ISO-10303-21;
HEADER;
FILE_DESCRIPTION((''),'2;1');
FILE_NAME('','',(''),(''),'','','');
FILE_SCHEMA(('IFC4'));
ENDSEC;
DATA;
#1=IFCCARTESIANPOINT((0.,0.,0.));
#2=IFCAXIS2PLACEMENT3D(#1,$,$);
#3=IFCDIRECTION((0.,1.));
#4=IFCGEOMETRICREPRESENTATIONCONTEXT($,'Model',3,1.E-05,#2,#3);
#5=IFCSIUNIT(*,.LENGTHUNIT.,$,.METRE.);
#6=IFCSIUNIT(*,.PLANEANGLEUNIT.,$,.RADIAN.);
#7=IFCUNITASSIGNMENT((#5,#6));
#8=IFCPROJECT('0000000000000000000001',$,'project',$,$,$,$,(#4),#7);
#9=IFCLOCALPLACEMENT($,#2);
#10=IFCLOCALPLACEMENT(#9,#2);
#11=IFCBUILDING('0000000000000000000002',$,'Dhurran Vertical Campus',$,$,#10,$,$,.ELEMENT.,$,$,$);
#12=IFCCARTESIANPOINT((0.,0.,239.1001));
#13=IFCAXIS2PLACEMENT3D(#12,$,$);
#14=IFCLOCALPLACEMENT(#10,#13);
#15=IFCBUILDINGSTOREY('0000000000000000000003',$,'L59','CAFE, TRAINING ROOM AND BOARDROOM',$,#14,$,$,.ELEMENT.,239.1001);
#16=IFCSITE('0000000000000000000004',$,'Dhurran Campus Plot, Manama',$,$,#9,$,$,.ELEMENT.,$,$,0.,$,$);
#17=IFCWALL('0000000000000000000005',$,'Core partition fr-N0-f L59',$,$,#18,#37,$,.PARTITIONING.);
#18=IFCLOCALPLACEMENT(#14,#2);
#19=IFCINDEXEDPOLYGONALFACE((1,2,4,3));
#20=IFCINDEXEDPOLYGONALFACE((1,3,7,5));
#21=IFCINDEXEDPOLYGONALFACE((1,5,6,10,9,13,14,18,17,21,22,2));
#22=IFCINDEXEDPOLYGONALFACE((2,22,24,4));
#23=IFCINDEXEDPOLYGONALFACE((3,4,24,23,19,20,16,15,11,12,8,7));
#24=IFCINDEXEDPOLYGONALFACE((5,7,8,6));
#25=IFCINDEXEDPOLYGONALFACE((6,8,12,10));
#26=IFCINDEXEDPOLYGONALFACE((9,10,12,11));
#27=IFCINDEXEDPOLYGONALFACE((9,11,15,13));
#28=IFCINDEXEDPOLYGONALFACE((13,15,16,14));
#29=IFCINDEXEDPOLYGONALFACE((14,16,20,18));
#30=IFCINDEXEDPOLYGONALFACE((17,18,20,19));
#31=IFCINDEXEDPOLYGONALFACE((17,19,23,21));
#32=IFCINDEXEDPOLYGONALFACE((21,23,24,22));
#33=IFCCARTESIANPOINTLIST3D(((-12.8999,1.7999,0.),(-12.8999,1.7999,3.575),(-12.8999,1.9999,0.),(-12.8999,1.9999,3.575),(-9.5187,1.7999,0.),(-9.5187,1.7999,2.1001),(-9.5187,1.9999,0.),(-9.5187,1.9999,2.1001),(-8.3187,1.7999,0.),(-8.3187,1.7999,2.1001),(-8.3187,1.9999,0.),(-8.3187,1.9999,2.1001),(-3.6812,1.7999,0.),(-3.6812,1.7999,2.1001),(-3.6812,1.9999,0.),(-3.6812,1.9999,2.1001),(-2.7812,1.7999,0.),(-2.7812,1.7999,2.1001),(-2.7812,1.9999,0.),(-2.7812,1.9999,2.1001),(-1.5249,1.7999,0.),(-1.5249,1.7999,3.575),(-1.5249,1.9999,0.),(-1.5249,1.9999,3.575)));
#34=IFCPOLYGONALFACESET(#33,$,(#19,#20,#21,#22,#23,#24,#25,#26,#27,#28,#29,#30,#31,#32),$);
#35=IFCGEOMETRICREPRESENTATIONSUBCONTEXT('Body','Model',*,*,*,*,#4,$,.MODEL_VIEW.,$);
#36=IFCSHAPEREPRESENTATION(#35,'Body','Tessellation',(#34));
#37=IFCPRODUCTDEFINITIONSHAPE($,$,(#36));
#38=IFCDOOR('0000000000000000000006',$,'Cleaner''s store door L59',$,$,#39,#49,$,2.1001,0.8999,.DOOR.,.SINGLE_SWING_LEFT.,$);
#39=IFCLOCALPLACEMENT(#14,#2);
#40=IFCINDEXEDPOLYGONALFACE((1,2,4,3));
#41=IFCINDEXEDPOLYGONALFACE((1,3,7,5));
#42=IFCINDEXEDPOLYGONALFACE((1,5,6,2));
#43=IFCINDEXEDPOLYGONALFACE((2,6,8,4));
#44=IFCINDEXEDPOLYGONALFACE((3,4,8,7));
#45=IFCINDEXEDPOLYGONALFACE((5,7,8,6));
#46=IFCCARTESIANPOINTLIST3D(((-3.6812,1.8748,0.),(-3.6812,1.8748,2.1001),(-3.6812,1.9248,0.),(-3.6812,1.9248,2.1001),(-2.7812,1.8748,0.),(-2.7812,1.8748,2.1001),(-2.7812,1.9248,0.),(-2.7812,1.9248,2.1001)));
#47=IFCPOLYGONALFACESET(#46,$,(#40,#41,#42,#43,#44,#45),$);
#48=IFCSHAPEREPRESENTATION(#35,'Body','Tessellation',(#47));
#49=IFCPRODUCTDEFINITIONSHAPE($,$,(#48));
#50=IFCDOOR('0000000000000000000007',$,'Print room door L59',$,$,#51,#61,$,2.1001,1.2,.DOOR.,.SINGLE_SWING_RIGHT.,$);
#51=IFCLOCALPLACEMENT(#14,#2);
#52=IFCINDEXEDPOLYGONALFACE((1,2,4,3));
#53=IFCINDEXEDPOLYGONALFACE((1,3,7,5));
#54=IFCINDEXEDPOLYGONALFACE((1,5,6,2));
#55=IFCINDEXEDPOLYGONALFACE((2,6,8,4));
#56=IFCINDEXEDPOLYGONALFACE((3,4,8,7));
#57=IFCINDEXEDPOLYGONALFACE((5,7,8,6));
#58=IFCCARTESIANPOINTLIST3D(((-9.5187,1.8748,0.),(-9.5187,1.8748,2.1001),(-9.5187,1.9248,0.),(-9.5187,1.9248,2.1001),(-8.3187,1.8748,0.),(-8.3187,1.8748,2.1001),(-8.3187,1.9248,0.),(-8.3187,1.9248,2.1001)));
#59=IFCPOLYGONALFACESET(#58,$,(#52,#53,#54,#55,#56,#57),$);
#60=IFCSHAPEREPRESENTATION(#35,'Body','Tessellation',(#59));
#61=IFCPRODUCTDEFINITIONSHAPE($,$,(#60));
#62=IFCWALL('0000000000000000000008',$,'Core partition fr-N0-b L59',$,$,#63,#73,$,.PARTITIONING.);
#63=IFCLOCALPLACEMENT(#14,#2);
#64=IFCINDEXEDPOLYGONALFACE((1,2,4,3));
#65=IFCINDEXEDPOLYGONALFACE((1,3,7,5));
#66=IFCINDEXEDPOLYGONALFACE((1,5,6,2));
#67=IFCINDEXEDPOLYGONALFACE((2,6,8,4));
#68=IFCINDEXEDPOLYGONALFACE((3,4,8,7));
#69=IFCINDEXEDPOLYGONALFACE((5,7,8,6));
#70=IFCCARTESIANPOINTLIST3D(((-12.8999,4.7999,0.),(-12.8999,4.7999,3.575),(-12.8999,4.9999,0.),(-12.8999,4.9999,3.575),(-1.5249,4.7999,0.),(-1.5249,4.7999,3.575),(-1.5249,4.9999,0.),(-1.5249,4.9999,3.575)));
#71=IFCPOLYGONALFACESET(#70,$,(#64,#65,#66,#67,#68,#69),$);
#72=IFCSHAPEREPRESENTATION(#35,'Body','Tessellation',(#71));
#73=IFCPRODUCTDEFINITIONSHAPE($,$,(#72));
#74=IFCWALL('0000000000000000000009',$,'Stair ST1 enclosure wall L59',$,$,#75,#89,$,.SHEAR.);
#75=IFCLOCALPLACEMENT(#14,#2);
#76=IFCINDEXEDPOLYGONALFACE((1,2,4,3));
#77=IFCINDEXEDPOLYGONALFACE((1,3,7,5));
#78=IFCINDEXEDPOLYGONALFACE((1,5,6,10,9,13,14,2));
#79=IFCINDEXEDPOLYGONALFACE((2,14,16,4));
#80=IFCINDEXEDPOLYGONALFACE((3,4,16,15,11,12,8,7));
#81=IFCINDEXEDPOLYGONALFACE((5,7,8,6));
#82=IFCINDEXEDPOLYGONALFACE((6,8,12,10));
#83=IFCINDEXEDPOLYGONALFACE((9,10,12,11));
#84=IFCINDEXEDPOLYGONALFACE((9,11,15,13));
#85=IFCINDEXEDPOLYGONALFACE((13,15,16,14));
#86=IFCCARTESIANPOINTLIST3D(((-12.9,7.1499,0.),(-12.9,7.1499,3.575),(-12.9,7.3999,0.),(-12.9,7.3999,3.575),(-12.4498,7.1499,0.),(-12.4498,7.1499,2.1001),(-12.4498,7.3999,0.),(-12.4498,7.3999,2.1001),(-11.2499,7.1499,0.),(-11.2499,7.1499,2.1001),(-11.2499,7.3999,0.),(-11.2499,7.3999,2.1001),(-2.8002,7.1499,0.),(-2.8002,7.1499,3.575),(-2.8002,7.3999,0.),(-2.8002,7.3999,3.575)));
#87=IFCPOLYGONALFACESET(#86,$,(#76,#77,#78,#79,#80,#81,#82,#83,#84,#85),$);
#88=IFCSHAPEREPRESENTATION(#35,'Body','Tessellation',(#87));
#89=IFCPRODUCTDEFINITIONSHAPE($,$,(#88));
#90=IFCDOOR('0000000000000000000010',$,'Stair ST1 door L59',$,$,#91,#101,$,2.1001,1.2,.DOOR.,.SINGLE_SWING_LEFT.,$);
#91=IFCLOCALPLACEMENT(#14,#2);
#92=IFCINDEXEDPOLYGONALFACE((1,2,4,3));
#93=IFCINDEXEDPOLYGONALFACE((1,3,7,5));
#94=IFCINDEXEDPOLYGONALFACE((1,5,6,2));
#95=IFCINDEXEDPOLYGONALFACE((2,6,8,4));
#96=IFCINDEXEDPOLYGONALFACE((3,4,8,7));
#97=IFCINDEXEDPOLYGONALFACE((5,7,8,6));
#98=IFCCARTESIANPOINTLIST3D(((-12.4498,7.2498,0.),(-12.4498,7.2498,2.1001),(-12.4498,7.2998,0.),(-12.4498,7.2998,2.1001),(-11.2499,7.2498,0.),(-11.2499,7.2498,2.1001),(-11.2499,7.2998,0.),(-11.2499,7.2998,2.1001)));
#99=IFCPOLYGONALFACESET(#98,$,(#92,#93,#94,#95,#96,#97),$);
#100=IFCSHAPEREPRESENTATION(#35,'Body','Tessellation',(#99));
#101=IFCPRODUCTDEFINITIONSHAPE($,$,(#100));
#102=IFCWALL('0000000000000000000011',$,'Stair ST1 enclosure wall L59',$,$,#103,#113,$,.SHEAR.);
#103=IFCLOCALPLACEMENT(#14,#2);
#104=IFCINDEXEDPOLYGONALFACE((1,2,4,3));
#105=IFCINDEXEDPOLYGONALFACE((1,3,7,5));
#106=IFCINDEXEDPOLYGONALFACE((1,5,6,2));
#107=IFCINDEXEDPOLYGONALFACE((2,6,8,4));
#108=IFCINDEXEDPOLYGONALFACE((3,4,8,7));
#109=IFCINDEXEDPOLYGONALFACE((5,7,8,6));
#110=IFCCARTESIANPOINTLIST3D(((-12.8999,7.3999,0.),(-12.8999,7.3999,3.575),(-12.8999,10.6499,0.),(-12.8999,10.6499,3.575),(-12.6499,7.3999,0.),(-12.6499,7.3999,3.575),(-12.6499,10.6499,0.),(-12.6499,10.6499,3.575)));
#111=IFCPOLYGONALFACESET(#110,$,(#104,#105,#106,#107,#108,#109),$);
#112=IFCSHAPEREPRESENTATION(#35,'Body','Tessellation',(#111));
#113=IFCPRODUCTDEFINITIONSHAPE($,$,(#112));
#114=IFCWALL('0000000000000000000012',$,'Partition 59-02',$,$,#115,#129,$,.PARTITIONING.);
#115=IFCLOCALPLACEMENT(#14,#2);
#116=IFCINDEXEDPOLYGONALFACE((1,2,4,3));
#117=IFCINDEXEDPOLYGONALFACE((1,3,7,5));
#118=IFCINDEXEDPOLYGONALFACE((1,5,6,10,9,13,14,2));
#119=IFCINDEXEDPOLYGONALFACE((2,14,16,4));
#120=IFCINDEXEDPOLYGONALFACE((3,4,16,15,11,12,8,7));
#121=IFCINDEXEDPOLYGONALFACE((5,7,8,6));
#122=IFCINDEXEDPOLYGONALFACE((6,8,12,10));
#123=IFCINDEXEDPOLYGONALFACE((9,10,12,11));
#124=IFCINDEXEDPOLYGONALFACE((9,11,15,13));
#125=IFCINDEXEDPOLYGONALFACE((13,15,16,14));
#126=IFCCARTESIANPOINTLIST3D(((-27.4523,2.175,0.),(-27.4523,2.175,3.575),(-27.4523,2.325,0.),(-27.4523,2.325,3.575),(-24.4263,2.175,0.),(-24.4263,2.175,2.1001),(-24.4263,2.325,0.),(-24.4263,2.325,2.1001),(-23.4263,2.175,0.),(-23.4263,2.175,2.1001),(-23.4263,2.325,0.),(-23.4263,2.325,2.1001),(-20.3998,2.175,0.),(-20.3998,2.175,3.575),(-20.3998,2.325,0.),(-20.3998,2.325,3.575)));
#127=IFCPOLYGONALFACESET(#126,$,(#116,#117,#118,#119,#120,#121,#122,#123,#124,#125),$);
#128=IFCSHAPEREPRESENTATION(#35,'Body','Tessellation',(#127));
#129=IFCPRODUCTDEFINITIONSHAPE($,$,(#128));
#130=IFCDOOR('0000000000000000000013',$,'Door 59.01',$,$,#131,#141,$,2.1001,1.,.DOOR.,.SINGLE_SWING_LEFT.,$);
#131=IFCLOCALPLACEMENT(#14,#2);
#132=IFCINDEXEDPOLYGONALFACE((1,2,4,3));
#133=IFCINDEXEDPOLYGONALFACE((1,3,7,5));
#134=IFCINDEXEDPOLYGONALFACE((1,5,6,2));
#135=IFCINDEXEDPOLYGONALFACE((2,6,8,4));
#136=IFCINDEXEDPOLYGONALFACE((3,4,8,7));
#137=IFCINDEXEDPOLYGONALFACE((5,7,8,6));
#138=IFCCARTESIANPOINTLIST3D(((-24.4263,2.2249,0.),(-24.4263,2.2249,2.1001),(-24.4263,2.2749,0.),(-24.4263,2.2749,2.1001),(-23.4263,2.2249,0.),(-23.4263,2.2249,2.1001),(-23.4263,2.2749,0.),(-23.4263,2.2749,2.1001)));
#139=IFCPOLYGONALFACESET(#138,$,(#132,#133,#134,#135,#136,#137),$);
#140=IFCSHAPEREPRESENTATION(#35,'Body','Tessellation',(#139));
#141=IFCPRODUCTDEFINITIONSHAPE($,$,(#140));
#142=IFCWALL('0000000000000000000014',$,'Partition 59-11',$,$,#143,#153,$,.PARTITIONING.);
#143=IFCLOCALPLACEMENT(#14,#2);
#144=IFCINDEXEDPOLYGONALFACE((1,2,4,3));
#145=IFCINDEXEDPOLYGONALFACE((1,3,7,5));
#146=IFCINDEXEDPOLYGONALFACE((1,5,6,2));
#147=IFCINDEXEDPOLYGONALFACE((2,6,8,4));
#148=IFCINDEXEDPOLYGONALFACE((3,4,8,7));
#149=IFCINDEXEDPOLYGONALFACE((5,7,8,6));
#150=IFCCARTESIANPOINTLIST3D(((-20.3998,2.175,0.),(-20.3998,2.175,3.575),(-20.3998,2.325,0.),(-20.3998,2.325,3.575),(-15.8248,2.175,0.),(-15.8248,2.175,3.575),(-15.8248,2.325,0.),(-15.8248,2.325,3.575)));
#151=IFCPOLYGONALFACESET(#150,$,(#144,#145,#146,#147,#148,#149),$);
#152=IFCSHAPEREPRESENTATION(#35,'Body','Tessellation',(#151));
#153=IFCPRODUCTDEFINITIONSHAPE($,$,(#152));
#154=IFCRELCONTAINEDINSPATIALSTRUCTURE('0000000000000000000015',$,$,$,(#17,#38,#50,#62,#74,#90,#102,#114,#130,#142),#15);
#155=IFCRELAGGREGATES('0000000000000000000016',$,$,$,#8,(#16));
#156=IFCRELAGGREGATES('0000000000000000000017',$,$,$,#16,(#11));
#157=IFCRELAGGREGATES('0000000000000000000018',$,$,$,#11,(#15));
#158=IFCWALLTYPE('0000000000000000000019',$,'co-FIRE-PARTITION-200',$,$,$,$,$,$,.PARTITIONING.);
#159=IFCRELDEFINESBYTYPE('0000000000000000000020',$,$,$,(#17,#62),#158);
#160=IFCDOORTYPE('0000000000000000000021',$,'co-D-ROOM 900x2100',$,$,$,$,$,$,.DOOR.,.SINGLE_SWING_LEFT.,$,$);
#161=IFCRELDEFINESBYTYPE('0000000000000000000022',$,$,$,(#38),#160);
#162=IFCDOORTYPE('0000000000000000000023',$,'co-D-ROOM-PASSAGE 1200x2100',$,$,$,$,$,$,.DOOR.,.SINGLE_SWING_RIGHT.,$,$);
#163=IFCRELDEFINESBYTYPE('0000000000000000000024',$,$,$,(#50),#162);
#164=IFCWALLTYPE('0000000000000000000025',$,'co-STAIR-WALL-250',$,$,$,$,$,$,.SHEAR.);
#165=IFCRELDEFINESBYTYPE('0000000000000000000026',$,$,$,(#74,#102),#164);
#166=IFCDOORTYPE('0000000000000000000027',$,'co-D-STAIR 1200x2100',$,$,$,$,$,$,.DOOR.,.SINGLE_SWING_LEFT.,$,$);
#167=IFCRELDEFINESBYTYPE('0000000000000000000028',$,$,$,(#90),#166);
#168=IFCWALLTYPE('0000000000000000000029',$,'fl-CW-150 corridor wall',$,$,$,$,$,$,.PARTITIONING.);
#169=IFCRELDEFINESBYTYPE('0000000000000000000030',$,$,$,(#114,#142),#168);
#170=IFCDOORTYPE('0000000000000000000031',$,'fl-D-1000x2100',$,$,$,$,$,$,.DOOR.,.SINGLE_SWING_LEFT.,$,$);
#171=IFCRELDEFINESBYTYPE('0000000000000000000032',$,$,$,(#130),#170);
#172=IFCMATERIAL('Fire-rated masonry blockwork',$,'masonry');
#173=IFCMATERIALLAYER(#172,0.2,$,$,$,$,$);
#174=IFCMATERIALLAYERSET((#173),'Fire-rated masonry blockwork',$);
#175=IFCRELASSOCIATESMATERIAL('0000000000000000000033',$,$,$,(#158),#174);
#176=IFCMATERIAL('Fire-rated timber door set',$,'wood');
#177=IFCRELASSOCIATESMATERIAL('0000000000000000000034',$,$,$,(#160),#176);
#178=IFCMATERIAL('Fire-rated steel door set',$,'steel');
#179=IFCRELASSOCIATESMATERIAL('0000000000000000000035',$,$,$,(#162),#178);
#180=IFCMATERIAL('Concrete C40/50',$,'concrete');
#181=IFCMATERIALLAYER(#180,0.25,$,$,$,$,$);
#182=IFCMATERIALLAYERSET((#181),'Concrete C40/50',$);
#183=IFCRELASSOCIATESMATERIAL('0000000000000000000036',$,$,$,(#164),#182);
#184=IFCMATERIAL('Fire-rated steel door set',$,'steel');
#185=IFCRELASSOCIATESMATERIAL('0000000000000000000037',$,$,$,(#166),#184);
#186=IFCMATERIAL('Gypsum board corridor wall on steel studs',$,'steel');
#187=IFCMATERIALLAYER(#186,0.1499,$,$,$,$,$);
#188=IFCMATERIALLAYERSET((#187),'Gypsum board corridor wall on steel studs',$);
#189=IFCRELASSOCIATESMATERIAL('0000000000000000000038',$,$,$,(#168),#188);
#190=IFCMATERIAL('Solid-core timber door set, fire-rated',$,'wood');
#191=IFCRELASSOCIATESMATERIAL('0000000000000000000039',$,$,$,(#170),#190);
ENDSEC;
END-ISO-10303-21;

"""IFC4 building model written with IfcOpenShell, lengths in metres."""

from ifc_helpers import new_model, si_unit, direction, frame, frame_2d, origin, place, context, subcontext, project, spatial, rectangle, extrude, material, layer, layer_set, type_object, element, fill, save


model = new_model("IFC4")

# Units and contexts
model_context = context("Model", 3, precision=1e-05, world=origin(), true_north=direction((0.0, 1.0)))
body_context = subcontext(model_context, "Body", "Model", "MODEL_VIEW")
ifc_project = project(units=[si_unit("LENGTHUNIT", "METRE"), si_unit("PLANEANGLEUNIT", "RADIAN")], contexts=[model_context])

# Site, building, storey
site_placement = place(None, origin())
site = spatial("IfcSite", under=ifc_project, at=site_placement, Name="Dhurran Campus Plot, Manama", CompositionType="ELEMENT", RefElevation=0.0)
building_placement = place(site_placement, origin())
building = spatial("IfcBuilding", under=site, at=building_placement, Name="Dhurran Vertical Campus", CompositionType="ELEMENT")
storey_placement = place(building_placement, frame((0.0, 0.0, 239.1001)))
storey = spatial("IfcBuildingStorey", under=building, at=storey_placement, Name="L59", Description="CAFE, TRAINING ROOM AND BOARDROOM", CompositionType="ELEMENT", Elevation=239.1001)

# Wall, openings, doors
ifc_material_1 = material(Name="Fire-rated masonry blockwork", Category="masonry")
ifc_layer_1 = layer(ifc_material_1, 0.2)
ifc_layer_set_1 = layer_set([ifc_layer_1], Name="Fire-rated masonry blockwork")
wall_type_1 = type_object("IfcWallType", Name="co-FIRE-PARTITION-200", PredefinedType="PARTITIONING", material=ifc_layer_set_1)
wall_1_placement = place(storey_placement, frame((-12.8999, 1.8999, 0.0), z_axis=(0.0, 0.0, 1.0), x_axis=(1.0, 0.0, 0.0)))
wall_1 = element("IfcWall", 1, at=wall_1_placement, inside=storey, type_object=wall_type_1, Name="Core partition fr-N0-f L59", PredefinedType="PARTITIONING", context=body_context, shape_type="SweptSolid", body=[
    extrude(rectangle(XDim=11.375, YDim=0.2, at=frame_2d((5.6875, 0.0))), origin(), (0.0, 0.0, 1.0), 3.575),
])
opening_1_placement = place(wall_1_placement, frame((3.3811, 0.0, 0.0)))
opening_1 = element("IfcOpeningElement", 2, at=opening_1_placement, cuts=wall_1, PredefinedType="OPENING", context=body_context, shape_type="SweptSolid", body=[
    extrude(rectangle(XDim=1.2, YDim=2.1001, at=frame_2d((0.6001, 1.05))), frame((0.0, 0.1099, 0.0), z_axis=(0.0, -1.0, 0.0), x_axis=(1.0, 0.0, 0.0)), (0.0, 0.0, 1.0), 0.22),
])
opening_2_placement = place(wall_1_placement, frame((9.2188, 0.0, 0.0)))
opening_2 = element("IfcOpeningElement", 3, at=opening_2_placement, cuts=wall_1, PredefinedType="OPENING", context=body_context, shape_type="SweptSolid", body=[
    extrude(rectangle(XDim=0.8999, YDim=2.1001, at=frame_2d((0.45, 1.05))), frame((0.0, 0.1099, 0.0), z_axis=(0.0, -1.0, 0.0), x_axis=(1.0, 0.0, 0.0)), (0.0, 0.0, 1.0), 0.22),
])
ifc_material_2 = material(Name="Fire-rated timber door set", Category="wood")
door_type_1 = type_object("IfcDoorType", Name="co-D-ROOM 900x2100", OperationType="SINGLE_SWING_LEFT", PredefinedType="DOOR", material=ifc_material_2)
door_1_placement = place(opening_2_placement, origin())
door_1 = element("IfcDoor", 4, at=door_1_placement, inside=storey, type_object=door_type_1, Name="Cleaner's store door L59", OperationType="SINGLE_SWING_LEFT", OverallHeight=2.1001, OverallWidth=0.8999, PredefinedType="DOOR", context=body_context, shape_type="SweptSolid", body=[
    extrude(rectangle(XDim=0.8999, YDim=2.1001, at=frame_2d((0.45, 1.05))), frame((0.0, 0.0249, 0.0), z_axis=(0.0, -1.0, 0.0), x_axis=(1.0, 0.0, 0.0)), (0.0, 0.0, 1.0), 0.05),
])
fill(opening_2, door_1)
ifc_material_3 = material(Name="Fire-rated steel door set", Category="steel")
door_type_2 = type_object("IfcDoorType", Name="co-D-ROOM-PASSAGE 1200x2100", OperationType="SINGLE_SWING_RIGHT", PredefinedType="DOOR", material=ifc_material_3)
door_2_placement = place(opening_1_placement, origin())
door_2 = element("IfcDoor", 5, at=door_2_placement, inside=storey, type_object=door_type_2, Name="Print room door L59", OperationType="SINGLE_SWING_RIGHT", OverallHeight=2.1001, OverallWidth=1.2, PredefinedType="DOOR", context=body_context, shape_type="SweptSolid", body=[
    extrude(rectangle(XDim=1.2, YDim=2.1001, at=frame_2d((0.6001, 1.05))), frame((0.0, 0.0249, 0.0), z_axis=(0.0, -1.0, 0.0), x_axis=(1.0, 0.0, 0.0)), (0.0, 0.0, 1.0), 0.05),
])
fill(opening_1, door_2)

# Wall
wall_2_placement = place(storey_placement, frame((-12.8999, 4.8999, 0.0), z_axis=(0.0, 0.0, 1.0), x_axis=(1.0, 0.0, 0.0)))
element("IfcWall", 6, at=wall_2_placement, inside=storey, type_object=wall_type_1, Name="Core partition fr-N0-b L59", PredefinedType="PARTITIONING", context=body_context, shape_type="SweptSolid", body=[
    extrude(rectangle(XDim=11.375, YDim=0.2, at=frame_2d((5.6875, 0.0))), origin(), (0.0, 0.0, 1.0), 3.575),
])

# Wall, opening, door
ifc_material_4 = material(Name="Concrete C40/50", Category="concrete")
ifc_layer_2 = layer(ifc_material_4, 0.25)
ifc_layer_set_2 = layer_set([ifc_layer_2], Name="Concrete C40/50")
wall_type_2 = type_object("IfcWallType", Name="co-STAIR-WALL-250", PredefinedType="SHEAR", material=ifc_layer_set_2)
wall_3_placement = place(storey_placement, frame((-12.8999, 7.2749, 0.0), z_axis=(0.0, 0.0, 1.0), x_axis=(1.0, 0.0, 0.0)))
wall_3 = element("IfcWall", 7, at=wall_3_placement, inside=storey, type_object=wall_type_2, Name="Stair ST1 enclosure wall L59", PredefinedType="SHEAR", context=body_context, shape_type="SweptSolid", body=[
    extrude(rectangle(XDim=10.0999, YDim=0.25, at=frame_2d((5.0498, 0.0))), origin(), (0.0, 0.0, 1.0), 3.575),
])
opening_3_placement = place(wall_3_placement, frame((0.45, 0.0, 0.0)))
opening_3 = element("IfcOpeningElement", 8, at=opening_3_placement, cuts=wall_3, PredefinedType="OPENING", context=body_context, shape_type="SweptSolid", body=[
    extrude(rectangle(XDim=1.2, YDim=2.1001, at=frame_2d((0.6001, 1.05))), frame((0.0, 0.135, 0.0), z_axis=(0.0, -1.0, 0.0), x_axis=(1.0, 0.0, 0.0)), (0.0, 0.0, 1.0), 0.27),
])
ifc_material_5 = material(Name="Fire-rated steel door set", Category="steel")
door_type_3 = type_object("IfcDoorType", Name="co-D-STAIR 1200x2100", OperationType="SINGLE_SWING_LEFT", PredefinedType="DOOR", material=ifc_material_5)
door_3_placement = place(opening_3_placement, origin())
door_3 = element("IfcDoor", 9, at=door_3_placement, inside=storey, type_object=door_type_3, Name="Stair ST1 door L59", OperationType="SINGLE_SWING_LEFT", OverallHeight=2.1001, OverallWidth=1.2, PredefinedType="DOOR", context=body_context, shape_type="SweptSolid", body=[
    extrude(rectangle(XDim=1.2, YDim=2.1001, at=frame_2d((0.6001, 1.05))), frame((0.0, 0.0249, 0.0), z_axis=(0.0, -1.0, 0.0), x_axis=(1.0, 0.0, 0.0)), (0.0, 0.0, 1.0), 0.05),
])
fill(opening_3, door_3)

# Wall
wall_4_placement = place(storey_placement, frame((-12.7749, 7.3999, 0.0), z_axis=(0.0, 0.0, 1.0), x_axis=(0.0, 1.0, 0.0)))
element("IfcWall", 10, at=wall_4_placement, inside=storey, type_object=wall_type_2, Name="Stair ST1 enclosure wall L59", PredefinedType="SHEAR", context=body_context, shape_type="SweptSolid", body=[
    extrude(rectangle(XDim=3.25, YDim=0.25, at=frame_2d((1.625, 0.0))), origin(), (0.0, 0.0, 1.0), 3.575),
])

# Wall, opening, door
ifc_material_6 = material(Name="Gypsum board corridor wall on steel studs", Category="steel")
ifc_layer_3 = layer(ifc_material_6, 0.1499)
ifc_layer_set_3 = layer_set([ifc_layer_3], Name="Gypsum board corridor wall on steel studs")
wall_type_3 = type_object("IfcWallType", Name="fl-CW-150 corridor wall", PredefinedType="PARTITIONING", material=ifc_layer_set_3)
wall_5_placement = place(storey_placement, frame((-27.4524, 2.25, 0.0), z_axis=(0.0, 0.0, 1.0), x_axis=(1.0, 0.0, 0.0)))
wall_5 = element("IfcWall", 11, at=wall_5_placement, inside=storey, type_object=wall_type_3, Name="Partition 59-02", PredefinedType="PARTITIONING", context=body_context, shape_type="SweptSolid", body=[
    extrude(rectangle(XDim=7.0525, YDim=0.1499, at=frame_2d((3.5264, 0.0))), origin(), (0.0, 0.0, 1.0), 3.575),
])
opening_4_placement = place(wall_5_placement, frame((3.0261, 0.0, 0.0)))
opening_4 = element("IfcOpeningElement", 12, at=opening_4_placement, cuts=wall_5, PredefinedType="OPENING", context=body_context, shape_type="SweptSolid", body=[
    extrude(rectangle(XDim=1.0, YDim=2.1001, at=frame_2d((0.5, 1.05))), frame((0.0, 0.085, 0.0), z_axis=(0.0, -1.0, 0.0), x_axis=(1.0, 0.0, 0.0)), (0.0, 0.0, 1.0), 0.1699),
])
ifc_material_7 = material(Name="Solid-core timber door set, fire-rated", Category="wood")
door_type_4 = type_object("IfcDoorType", Name="fl-D-1000x2100", OperationType="SINGLE_SWING_LEFT", PredefinedType="DOOR", material=ifc_material_7)
door_4_placement = place(opening_4_placement, origin())
door_4 = element("IfcDoor", 13, at=door_4_placement, inside=storey, type_object=door_type_4, Name="Door 59.01", OperationType="SINGLE_SWING_LEFT", OverallHeight=2.1001, OverallWidth=1.0, PredefinedType="DOOR", context=body_context, shape_type="SweptSolid", body=[
    extrude(rectangle(XDim=1.0, YDim=2.1001, at=frame_2d((0.5, 1.05))), frame((0.0, 0.0249, 0.0), z_axis=(0.0, -1.0, 0.0), x_axis=(1.0, 0.0, 0.0)), (0.0, 0.0, 1.0), 0.05),
])
fill(opening_4, door_4)

# Wall
wall_6_placement = place(storey_placement, frame((-20.3999, 2.25, 0.0), z_axis=(0.0, 0.0, 1.0), x_axis=(1.0, 0.0, 0.0)))
element("IfcWall", 14, at=wall_6_placement, inside=storey, type_object=wall_type_3, Name="Partition 59-11", PredefinedType="PARTITIONING", context=body_context, shape_type="SweptSolid", body=[
    extrude(rectangle(XDim=4.575, YDim=0.1499, at=frame_2d((2.2876, 0.0))), origin(), (0.0, 0.0, 1.0), 3.575),
])

save(model, "model.ifc")
